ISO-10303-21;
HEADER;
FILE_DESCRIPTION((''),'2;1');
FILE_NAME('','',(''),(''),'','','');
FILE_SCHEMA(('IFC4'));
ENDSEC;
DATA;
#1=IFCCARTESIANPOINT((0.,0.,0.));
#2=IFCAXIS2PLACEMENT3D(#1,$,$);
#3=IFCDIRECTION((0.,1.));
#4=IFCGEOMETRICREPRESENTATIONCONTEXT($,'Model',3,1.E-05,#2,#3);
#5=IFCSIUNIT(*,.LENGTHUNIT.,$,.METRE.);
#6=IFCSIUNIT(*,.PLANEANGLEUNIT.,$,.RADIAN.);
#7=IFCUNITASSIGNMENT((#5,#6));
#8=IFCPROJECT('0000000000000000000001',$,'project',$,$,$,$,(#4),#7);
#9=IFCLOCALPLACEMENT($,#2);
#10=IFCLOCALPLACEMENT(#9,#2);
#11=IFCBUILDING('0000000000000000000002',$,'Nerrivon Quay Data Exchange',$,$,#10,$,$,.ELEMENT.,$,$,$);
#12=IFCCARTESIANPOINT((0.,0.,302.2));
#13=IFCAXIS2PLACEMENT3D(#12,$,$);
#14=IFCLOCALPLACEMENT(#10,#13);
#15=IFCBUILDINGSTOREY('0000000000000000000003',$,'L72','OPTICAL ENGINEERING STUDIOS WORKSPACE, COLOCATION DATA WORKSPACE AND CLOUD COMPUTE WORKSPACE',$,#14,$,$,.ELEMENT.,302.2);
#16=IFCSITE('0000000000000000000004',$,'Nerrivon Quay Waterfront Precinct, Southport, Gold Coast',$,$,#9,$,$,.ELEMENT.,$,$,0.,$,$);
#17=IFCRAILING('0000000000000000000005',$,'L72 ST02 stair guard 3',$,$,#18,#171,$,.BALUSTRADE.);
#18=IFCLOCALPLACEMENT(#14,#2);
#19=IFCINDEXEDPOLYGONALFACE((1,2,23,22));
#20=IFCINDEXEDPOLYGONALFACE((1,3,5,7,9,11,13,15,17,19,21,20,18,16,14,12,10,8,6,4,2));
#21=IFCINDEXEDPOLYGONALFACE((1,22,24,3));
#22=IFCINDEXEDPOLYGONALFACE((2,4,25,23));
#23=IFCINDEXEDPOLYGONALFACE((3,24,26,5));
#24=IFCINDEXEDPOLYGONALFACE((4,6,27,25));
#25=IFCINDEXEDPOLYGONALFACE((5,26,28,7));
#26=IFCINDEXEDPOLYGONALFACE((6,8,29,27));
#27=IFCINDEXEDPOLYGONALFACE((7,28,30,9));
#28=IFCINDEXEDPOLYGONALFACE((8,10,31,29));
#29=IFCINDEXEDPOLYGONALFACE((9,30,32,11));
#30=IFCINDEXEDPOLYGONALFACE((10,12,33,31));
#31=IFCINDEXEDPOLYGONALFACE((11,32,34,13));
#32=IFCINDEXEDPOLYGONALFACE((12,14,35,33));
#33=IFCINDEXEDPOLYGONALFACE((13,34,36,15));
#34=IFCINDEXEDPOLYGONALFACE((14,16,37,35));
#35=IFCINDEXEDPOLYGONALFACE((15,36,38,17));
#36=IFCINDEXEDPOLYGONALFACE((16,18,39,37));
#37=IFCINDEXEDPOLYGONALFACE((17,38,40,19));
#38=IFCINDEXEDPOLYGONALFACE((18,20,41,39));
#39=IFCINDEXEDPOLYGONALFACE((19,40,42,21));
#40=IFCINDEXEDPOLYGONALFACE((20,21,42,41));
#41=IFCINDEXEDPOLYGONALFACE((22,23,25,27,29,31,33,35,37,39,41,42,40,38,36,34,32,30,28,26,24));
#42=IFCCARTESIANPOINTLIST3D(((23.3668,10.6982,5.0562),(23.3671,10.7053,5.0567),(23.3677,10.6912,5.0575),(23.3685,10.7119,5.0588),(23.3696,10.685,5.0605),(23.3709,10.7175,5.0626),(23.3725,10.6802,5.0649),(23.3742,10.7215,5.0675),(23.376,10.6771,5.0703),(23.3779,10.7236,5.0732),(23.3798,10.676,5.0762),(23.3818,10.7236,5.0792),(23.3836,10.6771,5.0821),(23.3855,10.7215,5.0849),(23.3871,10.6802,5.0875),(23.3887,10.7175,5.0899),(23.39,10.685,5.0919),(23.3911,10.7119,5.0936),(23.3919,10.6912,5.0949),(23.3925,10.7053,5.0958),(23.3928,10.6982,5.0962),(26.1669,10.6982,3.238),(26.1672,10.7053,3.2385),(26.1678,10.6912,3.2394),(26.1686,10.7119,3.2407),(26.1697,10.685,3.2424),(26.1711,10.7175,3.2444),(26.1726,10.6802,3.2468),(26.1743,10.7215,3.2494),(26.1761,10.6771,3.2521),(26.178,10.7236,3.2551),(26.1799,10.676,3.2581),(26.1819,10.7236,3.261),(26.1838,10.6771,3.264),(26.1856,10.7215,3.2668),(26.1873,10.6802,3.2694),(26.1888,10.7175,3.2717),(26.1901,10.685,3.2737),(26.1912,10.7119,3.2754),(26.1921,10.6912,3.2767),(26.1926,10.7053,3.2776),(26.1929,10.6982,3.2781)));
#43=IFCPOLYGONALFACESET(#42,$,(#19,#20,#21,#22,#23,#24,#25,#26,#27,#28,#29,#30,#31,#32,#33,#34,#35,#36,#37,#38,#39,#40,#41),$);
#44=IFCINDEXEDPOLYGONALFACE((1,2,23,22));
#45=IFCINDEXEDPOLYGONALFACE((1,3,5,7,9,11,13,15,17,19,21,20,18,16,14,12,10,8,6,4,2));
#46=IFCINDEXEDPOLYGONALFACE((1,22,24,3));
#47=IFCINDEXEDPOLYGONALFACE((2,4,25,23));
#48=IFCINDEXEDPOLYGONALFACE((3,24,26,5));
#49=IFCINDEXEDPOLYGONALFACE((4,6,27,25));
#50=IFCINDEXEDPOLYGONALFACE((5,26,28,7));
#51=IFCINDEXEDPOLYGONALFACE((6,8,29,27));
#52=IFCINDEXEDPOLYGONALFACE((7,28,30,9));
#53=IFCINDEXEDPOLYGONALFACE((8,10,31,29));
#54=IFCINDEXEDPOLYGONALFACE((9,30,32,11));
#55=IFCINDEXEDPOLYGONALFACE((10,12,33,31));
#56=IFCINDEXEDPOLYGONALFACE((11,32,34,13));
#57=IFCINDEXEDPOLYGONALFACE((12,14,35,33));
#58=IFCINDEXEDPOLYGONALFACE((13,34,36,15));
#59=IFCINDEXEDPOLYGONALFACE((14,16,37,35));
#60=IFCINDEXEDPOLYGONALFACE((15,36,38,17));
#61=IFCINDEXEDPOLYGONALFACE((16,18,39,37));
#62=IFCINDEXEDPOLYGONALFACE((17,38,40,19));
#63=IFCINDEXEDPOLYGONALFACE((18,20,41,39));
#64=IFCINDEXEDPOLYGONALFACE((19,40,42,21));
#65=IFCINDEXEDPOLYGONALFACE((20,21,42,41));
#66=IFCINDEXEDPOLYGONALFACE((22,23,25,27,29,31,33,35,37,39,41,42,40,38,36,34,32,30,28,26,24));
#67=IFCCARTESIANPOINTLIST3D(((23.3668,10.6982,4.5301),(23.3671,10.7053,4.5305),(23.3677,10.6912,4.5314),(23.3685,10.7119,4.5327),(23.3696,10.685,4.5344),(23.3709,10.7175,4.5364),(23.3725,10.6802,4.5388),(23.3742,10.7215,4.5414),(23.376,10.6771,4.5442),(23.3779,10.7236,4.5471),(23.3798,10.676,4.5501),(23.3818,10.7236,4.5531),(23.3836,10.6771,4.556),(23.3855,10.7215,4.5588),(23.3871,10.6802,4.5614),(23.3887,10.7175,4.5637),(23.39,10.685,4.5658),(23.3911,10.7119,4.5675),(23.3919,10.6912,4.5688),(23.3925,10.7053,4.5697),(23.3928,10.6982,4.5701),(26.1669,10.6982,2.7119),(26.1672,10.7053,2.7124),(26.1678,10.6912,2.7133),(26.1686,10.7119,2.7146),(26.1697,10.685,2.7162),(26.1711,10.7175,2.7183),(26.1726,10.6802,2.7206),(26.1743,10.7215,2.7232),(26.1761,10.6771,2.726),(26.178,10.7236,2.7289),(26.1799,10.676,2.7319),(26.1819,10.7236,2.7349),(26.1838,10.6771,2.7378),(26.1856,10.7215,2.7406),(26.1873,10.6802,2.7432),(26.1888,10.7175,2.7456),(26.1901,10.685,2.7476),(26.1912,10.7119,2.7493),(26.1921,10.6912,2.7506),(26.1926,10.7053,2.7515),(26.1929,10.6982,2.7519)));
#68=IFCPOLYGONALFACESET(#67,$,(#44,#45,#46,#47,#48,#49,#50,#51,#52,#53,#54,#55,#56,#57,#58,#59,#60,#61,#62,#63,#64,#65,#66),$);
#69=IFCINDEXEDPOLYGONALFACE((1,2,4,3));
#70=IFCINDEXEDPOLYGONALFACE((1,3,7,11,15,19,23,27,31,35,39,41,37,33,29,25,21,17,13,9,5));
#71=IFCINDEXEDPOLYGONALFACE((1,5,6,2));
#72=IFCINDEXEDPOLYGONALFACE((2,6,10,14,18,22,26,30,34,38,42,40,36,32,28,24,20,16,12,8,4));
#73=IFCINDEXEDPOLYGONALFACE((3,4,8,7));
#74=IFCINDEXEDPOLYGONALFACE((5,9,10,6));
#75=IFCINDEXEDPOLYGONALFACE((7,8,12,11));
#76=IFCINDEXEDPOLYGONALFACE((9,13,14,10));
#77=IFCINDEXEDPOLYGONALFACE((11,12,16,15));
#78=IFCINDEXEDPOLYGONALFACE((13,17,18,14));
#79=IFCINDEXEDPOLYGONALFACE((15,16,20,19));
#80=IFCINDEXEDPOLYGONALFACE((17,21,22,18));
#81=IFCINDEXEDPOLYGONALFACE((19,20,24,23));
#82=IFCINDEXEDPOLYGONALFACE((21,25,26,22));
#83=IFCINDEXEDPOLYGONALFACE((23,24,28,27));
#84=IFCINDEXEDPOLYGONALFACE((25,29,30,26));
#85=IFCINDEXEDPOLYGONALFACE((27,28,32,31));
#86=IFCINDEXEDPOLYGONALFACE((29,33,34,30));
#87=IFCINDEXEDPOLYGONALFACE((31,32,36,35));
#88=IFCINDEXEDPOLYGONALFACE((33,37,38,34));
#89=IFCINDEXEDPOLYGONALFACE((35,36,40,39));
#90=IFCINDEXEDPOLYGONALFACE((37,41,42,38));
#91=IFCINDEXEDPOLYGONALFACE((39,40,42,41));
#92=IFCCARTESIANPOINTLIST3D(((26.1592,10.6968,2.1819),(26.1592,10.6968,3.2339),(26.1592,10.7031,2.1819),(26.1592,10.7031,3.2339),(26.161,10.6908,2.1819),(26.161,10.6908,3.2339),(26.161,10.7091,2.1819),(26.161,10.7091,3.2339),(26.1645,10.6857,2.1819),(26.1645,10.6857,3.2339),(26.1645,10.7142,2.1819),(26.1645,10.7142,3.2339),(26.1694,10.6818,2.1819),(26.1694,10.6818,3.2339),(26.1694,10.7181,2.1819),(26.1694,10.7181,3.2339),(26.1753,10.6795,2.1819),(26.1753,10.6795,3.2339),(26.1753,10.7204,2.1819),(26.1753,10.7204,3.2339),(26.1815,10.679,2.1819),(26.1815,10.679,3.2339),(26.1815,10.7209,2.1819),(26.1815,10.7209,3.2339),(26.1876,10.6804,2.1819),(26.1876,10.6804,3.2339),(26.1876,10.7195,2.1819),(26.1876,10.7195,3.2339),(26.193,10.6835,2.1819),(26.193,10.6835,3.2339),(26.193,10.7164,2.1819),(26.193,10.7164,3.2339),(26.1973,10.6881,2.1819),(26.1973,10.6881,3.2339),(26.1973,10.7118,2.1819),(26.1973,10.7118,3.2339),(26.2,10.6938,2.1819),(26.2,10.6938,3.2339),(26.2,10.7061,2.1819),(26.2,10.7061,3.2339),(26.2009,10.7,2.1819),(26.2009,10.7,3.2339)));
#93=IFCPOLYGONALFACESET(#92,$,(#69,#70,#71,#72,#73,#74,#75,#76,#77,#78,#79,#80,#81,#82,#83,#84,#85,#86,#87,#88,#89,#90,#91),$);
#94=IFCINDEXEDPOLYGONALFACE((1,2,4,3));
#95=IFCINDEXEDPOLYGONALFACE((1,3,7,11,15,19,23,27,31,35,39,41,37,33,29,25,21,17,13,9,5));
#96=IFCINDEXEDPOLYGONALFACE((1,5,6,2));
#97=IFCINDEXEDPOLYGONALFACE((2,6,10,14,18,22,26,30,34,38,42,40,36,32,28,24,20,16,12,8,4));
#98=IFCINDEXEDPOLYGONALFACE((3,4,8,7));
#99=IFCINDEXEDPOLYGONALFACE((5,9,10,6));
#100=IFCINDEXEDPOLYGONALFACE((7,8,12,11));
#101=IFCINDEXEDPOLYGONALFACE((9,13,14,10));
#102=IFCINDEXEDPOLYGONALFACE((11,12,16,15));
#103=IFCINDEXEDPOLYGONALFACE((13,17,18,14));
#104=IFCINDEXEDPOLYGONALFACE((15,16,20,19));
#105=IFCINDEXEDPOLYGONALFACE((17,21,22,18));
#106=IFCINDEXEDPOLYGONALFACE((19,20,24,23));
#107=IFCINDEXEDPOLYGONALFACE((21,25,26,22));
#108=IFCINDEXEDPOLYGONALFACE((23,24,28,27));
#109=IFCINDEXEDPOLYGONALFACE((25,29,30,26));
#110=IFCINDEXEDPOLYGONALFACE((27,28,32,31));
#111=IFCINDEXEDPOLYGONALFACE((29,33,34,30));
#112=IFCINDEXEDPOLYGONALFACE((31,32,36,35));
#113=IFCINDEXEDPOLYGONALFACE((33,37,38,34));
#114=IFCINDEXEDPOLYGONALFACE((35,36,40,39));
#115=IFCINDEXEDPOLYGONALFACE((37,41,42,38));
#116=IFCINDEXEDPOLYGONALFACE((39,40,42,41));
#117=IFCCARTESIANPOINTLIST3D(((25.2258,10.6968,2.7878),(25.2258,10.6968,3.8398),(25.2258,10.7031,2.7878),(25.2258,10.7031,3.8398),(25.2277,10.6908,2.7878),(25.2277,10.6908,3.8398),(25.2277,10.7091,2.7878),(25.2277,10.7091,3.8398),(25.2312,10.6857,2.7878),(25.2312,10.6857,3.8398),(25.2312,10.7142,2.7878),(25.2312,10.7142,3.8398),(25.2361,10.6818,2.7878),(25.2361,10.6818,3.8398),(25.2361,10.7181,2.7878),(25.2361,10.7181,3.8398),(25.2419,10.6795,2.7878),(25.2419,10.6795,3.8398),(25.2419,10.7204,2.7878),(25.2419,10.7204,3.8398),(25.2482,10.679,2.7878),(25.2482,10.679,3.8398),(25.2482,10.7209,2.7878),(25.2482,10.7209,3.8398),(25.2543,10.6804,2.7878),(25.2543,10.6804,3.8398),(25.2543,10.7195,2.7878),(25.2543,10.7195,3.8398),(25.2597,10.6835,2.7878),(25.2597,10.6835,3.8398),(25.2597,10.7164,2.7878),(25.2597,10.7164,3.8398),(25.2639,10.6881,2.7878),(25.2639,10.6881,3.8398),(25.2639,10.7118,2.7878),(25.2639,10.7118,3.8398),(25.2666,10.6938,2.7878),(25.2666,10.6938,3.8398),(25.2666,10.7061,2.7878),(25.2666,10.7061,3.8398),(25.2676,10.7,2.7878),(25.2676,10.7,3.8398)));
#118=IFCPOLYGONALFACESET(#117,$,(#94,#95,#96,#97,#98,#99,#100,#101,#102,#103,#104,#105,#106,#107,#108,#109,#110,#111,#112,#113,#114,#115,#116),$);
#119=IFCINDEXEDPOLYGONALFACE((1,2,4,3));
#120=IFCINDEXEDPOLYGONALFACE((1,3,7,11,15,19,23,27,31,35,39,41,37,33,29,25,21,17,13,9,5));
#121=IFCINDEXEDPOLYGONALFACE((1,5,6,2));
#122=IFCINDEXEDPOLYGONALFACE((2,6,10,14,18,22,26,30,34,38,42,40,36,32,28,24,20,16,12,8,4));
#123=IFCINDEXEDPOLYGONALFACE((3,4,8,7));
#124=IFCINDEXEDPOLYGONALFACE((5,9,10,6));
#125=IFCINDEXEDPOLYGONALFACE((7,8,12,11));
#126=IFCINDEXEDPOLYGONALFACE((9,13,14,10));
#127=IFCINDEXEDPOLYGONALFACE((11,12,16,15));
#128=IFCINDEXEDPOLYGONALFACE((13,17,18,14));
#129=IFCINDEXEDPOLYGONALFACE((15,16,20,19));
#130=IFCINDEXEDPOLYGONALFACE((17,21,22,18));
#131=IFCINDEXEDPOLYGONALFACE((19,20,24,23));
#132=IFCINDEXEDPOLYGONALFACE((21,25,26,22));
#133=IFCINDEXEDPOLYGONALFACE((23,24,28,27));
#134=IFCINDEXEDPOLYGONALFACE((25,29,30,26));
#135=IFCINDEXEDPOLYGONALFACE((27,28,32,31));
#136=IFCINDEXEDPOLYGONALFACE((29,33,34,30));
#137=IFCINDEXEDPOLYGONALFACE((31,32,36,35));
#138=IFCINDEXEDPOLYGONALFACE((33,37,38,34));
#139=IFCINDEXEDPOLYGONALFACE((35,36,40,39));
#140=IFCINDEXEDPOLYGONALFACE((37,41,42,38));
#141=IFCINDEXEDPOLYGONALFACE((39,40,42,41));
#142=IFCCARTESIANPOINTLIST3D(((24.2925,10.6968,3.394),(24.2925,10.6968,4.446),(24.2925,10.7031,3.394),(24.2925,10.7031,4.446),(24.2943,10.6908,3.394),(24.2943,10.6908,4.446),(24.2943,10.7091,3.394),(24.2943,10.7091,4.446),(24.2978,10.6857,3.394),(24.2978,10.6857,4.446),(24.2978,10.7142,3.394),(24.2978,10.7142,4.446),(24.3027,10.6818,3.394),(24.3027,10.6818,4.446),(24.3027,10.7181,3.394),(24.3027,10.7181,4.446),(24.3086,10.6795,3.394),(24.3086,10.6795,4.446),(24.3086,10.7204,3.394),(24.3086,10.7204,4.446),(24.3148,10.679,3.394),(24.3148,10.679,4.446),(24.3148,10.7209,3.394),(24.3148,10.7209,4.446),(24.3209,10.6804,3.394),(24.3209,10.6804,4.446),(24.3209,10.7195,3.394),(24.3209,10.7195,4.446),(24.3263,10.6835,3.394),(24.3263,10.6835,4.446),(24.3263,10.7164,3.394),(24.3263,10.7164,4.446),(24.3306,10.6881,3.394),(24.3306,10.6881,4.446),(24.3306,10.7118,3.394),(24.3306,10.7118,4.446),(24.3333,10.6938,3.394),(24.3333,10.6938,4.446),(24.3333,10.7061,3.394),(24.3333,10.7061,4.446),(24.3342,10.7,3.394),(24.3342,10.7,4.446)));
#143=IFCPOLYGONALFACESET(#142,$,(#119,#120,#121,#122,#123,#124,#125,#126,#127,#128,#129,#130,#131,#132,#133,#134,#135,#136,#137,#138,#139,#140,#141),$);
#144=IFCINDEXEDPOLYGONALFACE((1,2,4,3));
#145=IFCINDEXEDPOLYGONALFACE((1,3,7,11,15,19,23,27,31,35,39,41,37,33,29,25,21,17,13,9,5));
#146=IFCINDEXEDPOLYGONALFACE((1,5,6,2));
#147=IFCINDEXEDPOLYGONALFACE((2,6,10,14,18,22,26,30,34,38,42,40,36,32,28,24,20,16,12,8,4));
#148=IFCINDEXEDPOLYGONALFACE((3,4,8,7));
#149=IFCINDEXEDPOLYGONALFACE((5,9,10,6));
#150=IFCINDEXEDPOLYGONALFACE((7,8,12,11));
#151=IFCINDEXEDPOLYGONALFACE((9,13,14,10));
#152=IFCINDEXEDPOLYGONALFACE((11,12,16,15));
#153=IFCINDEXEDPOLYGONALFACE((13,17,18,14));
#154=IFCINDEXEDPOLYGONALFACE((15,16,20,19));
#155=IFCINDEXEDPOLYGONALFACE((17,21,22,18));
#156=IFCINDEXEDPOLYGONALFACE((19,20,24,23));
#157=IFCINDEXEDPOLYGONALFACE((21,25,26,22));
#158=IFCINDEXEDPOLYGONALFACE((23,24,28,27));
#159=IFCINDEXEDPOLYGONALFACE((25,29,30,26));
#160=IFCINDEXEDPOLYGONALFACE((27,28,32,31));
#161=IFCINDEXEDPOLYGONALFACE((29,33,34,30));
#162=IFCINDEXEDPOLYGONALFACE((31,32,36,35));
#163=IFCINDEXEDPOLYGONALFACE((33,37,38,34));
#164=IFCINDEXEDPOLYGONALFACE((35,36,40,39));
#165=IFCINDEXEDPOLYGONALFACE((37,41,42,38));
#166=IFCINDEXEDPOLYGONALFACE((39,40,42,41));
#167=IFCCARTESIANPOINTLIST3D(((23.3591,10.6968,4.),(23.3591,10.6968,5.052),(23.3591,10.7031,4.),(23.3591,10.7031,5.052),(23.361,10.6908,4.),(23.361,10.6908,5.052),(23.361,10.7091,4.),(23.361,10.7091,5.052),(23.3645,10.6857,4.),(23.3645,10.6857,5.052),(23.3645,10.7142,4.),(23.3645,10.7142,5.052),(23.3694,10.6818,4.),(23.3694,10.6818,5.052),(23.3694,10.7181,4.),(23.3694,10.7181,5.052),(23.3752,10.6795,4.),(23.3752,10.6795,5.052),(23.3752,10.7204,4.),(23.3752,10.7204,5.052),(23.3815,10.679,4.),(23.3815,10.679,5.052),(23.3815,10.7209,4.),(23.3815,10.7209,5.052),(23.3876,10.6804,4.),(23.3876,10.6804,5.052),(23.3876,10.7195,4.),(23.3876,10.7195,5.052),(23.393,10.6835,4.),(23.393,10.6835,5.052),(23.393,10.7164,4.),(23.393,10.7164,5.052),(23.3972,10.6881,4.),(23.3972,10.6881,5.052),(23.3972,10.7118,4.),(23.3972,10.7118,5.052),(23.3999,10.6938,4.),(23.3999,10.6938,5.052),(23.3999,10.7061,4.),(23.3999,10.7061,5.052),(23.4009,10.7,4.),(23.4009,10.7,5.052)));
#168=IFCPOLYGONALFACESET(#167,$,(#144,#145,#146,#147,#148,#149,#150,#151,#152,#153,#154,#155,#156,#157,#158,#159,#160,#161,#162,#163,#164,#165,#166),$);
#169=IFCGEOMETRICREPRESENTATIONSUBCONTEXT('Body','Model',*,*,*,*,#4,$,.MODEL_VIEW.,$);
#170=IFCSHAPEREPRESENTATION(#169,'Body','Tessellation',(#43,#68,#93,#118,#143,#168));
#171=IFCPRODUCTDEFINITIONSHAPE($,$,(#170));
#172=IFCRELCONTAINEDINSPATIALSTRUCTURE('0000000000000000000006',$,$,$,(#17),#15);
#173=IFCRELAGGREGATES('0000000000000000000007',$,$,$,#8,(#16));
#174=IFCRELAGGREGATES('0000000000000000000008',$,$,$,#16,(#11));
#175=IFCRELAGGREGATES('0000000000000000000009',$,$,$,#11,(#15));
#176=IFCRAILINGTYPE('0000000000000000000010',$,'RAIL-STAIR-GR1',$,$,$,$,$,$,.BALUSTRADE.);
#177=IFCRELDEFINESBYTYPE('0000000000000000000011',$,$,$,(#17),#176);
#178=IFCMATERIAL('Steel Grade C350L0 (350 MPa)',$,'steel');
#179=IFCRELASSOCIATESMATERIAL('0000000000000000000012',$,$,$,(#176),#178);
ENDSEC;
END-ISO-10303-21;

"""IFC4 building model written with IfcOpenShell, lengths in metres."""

from ifc_helpers import new_model, si_unit, direction, frame, origin, origin_2d, place, context, subcontext, project, spatial, circle, extrude, material, type_object, element, save


model = new_model("IFC4")

# Units and contexts
model_context = context("Model", 3, precision=1e-05, world=origin(), true_north=direction((0.0, 1.0)))
body_context = subcontext(model_context, "Body", "Model", "MODEL_VIEW")
ifc_project = project(units=[si_unit("LENGTHUNIT", "METRE"), si_unit("PLANEANGLEUNIT", "RADIAN")], contexts=[model_context])

# Site, building, storey
site_placement = place(None, origin())
site = spatial("IfcSite", under=ifc_project, at=site_placement, Name="Nerrivon Quay Waterfront Precinct, Southport, Gold Coast", CompositionType="ELEMENT", RefElevation=0.0)
building_placement = place(site_placement, origin())
building = spatial("IfcBuilding", under=site, at=building_placement, Name="Nerrivon Quay Data Exchange", CompositionType="ELEMENT")
storey_placement = place(building_placement, frame((0.0, 0.0, 302.2)))
storey = spatial("IfcBuildingStorey", under=building, at=storey_placement, Name="L72", Description="OPTICAL ENGINEERING STUDIOS WORKSPACE, COLOCATION DATA WORKSPACE AND CLOUD COMPUTE WORKSPACE", CompositionType="ELEMENT", Elevation=302.2)

# Railing
ifc_material_1 = material(Name="Steel Grade C350L0 (350 MPa)", Category="steel")
railing_type_1 = type_object("IfcRailingType", Name="RAIL-STAIR-GR1", PredefinedType="BALUSTRADE", material=ifc_material_1)
railing_1_placement = place(storey_placement, frame((26.1799, 10.7, 2.1819)))
element("IfcRailing", 1, at=railing_1_placement, inside=storey, type_object=railing_type_1, Name="L72 ST02 stair guard 3", PredefinedType="BALUSTRADE", context=body_context, shape_type="SweptSolid", body=[
    extrude(circle(Radius=0.0239, at=origin_2d()), frame((0.0, 0.0, 1.0762), z_axis=(-0.838706, 0.0, 0.544585), x_axis=(0.0, -1.0, 0.0)), (0.0, 0.0, 1.0), 3.3386),
    extrude(circle(Radius=0.0239, at=origin_2d()), frame((0.0, 0.0, 0.55), z_axis=(-0.838706, 0.0, 0.544585), x_axis=(0.0, -1.0, 0.0)), (0.0, 0.0, 1.0), 3.3386),
    extrude(circle(Radius=0.021, at=origin_2d()), origin(), (0.0, 0.0, 1.0), 1.052),
    extrude(circle(Radius=0.021, at=origin_2d()), frame((-0.9333, 0.0, 0.606)), (0.0, 0.0, 1.0), 1.052),
    extrude(circle(Radius=0.021, at=origin_2d()), frame((-1.8667, 0.0, 1.2122)), (0.0, 0.0, 1.0), 1.052),
    extrude(circle(Radius=0.021, at=origin_2d()), frame((-2.8, 0.0, 1.8181)), (0.0, 0.0, 1.0), 1.052),
])

save(model, "model.ifc")
